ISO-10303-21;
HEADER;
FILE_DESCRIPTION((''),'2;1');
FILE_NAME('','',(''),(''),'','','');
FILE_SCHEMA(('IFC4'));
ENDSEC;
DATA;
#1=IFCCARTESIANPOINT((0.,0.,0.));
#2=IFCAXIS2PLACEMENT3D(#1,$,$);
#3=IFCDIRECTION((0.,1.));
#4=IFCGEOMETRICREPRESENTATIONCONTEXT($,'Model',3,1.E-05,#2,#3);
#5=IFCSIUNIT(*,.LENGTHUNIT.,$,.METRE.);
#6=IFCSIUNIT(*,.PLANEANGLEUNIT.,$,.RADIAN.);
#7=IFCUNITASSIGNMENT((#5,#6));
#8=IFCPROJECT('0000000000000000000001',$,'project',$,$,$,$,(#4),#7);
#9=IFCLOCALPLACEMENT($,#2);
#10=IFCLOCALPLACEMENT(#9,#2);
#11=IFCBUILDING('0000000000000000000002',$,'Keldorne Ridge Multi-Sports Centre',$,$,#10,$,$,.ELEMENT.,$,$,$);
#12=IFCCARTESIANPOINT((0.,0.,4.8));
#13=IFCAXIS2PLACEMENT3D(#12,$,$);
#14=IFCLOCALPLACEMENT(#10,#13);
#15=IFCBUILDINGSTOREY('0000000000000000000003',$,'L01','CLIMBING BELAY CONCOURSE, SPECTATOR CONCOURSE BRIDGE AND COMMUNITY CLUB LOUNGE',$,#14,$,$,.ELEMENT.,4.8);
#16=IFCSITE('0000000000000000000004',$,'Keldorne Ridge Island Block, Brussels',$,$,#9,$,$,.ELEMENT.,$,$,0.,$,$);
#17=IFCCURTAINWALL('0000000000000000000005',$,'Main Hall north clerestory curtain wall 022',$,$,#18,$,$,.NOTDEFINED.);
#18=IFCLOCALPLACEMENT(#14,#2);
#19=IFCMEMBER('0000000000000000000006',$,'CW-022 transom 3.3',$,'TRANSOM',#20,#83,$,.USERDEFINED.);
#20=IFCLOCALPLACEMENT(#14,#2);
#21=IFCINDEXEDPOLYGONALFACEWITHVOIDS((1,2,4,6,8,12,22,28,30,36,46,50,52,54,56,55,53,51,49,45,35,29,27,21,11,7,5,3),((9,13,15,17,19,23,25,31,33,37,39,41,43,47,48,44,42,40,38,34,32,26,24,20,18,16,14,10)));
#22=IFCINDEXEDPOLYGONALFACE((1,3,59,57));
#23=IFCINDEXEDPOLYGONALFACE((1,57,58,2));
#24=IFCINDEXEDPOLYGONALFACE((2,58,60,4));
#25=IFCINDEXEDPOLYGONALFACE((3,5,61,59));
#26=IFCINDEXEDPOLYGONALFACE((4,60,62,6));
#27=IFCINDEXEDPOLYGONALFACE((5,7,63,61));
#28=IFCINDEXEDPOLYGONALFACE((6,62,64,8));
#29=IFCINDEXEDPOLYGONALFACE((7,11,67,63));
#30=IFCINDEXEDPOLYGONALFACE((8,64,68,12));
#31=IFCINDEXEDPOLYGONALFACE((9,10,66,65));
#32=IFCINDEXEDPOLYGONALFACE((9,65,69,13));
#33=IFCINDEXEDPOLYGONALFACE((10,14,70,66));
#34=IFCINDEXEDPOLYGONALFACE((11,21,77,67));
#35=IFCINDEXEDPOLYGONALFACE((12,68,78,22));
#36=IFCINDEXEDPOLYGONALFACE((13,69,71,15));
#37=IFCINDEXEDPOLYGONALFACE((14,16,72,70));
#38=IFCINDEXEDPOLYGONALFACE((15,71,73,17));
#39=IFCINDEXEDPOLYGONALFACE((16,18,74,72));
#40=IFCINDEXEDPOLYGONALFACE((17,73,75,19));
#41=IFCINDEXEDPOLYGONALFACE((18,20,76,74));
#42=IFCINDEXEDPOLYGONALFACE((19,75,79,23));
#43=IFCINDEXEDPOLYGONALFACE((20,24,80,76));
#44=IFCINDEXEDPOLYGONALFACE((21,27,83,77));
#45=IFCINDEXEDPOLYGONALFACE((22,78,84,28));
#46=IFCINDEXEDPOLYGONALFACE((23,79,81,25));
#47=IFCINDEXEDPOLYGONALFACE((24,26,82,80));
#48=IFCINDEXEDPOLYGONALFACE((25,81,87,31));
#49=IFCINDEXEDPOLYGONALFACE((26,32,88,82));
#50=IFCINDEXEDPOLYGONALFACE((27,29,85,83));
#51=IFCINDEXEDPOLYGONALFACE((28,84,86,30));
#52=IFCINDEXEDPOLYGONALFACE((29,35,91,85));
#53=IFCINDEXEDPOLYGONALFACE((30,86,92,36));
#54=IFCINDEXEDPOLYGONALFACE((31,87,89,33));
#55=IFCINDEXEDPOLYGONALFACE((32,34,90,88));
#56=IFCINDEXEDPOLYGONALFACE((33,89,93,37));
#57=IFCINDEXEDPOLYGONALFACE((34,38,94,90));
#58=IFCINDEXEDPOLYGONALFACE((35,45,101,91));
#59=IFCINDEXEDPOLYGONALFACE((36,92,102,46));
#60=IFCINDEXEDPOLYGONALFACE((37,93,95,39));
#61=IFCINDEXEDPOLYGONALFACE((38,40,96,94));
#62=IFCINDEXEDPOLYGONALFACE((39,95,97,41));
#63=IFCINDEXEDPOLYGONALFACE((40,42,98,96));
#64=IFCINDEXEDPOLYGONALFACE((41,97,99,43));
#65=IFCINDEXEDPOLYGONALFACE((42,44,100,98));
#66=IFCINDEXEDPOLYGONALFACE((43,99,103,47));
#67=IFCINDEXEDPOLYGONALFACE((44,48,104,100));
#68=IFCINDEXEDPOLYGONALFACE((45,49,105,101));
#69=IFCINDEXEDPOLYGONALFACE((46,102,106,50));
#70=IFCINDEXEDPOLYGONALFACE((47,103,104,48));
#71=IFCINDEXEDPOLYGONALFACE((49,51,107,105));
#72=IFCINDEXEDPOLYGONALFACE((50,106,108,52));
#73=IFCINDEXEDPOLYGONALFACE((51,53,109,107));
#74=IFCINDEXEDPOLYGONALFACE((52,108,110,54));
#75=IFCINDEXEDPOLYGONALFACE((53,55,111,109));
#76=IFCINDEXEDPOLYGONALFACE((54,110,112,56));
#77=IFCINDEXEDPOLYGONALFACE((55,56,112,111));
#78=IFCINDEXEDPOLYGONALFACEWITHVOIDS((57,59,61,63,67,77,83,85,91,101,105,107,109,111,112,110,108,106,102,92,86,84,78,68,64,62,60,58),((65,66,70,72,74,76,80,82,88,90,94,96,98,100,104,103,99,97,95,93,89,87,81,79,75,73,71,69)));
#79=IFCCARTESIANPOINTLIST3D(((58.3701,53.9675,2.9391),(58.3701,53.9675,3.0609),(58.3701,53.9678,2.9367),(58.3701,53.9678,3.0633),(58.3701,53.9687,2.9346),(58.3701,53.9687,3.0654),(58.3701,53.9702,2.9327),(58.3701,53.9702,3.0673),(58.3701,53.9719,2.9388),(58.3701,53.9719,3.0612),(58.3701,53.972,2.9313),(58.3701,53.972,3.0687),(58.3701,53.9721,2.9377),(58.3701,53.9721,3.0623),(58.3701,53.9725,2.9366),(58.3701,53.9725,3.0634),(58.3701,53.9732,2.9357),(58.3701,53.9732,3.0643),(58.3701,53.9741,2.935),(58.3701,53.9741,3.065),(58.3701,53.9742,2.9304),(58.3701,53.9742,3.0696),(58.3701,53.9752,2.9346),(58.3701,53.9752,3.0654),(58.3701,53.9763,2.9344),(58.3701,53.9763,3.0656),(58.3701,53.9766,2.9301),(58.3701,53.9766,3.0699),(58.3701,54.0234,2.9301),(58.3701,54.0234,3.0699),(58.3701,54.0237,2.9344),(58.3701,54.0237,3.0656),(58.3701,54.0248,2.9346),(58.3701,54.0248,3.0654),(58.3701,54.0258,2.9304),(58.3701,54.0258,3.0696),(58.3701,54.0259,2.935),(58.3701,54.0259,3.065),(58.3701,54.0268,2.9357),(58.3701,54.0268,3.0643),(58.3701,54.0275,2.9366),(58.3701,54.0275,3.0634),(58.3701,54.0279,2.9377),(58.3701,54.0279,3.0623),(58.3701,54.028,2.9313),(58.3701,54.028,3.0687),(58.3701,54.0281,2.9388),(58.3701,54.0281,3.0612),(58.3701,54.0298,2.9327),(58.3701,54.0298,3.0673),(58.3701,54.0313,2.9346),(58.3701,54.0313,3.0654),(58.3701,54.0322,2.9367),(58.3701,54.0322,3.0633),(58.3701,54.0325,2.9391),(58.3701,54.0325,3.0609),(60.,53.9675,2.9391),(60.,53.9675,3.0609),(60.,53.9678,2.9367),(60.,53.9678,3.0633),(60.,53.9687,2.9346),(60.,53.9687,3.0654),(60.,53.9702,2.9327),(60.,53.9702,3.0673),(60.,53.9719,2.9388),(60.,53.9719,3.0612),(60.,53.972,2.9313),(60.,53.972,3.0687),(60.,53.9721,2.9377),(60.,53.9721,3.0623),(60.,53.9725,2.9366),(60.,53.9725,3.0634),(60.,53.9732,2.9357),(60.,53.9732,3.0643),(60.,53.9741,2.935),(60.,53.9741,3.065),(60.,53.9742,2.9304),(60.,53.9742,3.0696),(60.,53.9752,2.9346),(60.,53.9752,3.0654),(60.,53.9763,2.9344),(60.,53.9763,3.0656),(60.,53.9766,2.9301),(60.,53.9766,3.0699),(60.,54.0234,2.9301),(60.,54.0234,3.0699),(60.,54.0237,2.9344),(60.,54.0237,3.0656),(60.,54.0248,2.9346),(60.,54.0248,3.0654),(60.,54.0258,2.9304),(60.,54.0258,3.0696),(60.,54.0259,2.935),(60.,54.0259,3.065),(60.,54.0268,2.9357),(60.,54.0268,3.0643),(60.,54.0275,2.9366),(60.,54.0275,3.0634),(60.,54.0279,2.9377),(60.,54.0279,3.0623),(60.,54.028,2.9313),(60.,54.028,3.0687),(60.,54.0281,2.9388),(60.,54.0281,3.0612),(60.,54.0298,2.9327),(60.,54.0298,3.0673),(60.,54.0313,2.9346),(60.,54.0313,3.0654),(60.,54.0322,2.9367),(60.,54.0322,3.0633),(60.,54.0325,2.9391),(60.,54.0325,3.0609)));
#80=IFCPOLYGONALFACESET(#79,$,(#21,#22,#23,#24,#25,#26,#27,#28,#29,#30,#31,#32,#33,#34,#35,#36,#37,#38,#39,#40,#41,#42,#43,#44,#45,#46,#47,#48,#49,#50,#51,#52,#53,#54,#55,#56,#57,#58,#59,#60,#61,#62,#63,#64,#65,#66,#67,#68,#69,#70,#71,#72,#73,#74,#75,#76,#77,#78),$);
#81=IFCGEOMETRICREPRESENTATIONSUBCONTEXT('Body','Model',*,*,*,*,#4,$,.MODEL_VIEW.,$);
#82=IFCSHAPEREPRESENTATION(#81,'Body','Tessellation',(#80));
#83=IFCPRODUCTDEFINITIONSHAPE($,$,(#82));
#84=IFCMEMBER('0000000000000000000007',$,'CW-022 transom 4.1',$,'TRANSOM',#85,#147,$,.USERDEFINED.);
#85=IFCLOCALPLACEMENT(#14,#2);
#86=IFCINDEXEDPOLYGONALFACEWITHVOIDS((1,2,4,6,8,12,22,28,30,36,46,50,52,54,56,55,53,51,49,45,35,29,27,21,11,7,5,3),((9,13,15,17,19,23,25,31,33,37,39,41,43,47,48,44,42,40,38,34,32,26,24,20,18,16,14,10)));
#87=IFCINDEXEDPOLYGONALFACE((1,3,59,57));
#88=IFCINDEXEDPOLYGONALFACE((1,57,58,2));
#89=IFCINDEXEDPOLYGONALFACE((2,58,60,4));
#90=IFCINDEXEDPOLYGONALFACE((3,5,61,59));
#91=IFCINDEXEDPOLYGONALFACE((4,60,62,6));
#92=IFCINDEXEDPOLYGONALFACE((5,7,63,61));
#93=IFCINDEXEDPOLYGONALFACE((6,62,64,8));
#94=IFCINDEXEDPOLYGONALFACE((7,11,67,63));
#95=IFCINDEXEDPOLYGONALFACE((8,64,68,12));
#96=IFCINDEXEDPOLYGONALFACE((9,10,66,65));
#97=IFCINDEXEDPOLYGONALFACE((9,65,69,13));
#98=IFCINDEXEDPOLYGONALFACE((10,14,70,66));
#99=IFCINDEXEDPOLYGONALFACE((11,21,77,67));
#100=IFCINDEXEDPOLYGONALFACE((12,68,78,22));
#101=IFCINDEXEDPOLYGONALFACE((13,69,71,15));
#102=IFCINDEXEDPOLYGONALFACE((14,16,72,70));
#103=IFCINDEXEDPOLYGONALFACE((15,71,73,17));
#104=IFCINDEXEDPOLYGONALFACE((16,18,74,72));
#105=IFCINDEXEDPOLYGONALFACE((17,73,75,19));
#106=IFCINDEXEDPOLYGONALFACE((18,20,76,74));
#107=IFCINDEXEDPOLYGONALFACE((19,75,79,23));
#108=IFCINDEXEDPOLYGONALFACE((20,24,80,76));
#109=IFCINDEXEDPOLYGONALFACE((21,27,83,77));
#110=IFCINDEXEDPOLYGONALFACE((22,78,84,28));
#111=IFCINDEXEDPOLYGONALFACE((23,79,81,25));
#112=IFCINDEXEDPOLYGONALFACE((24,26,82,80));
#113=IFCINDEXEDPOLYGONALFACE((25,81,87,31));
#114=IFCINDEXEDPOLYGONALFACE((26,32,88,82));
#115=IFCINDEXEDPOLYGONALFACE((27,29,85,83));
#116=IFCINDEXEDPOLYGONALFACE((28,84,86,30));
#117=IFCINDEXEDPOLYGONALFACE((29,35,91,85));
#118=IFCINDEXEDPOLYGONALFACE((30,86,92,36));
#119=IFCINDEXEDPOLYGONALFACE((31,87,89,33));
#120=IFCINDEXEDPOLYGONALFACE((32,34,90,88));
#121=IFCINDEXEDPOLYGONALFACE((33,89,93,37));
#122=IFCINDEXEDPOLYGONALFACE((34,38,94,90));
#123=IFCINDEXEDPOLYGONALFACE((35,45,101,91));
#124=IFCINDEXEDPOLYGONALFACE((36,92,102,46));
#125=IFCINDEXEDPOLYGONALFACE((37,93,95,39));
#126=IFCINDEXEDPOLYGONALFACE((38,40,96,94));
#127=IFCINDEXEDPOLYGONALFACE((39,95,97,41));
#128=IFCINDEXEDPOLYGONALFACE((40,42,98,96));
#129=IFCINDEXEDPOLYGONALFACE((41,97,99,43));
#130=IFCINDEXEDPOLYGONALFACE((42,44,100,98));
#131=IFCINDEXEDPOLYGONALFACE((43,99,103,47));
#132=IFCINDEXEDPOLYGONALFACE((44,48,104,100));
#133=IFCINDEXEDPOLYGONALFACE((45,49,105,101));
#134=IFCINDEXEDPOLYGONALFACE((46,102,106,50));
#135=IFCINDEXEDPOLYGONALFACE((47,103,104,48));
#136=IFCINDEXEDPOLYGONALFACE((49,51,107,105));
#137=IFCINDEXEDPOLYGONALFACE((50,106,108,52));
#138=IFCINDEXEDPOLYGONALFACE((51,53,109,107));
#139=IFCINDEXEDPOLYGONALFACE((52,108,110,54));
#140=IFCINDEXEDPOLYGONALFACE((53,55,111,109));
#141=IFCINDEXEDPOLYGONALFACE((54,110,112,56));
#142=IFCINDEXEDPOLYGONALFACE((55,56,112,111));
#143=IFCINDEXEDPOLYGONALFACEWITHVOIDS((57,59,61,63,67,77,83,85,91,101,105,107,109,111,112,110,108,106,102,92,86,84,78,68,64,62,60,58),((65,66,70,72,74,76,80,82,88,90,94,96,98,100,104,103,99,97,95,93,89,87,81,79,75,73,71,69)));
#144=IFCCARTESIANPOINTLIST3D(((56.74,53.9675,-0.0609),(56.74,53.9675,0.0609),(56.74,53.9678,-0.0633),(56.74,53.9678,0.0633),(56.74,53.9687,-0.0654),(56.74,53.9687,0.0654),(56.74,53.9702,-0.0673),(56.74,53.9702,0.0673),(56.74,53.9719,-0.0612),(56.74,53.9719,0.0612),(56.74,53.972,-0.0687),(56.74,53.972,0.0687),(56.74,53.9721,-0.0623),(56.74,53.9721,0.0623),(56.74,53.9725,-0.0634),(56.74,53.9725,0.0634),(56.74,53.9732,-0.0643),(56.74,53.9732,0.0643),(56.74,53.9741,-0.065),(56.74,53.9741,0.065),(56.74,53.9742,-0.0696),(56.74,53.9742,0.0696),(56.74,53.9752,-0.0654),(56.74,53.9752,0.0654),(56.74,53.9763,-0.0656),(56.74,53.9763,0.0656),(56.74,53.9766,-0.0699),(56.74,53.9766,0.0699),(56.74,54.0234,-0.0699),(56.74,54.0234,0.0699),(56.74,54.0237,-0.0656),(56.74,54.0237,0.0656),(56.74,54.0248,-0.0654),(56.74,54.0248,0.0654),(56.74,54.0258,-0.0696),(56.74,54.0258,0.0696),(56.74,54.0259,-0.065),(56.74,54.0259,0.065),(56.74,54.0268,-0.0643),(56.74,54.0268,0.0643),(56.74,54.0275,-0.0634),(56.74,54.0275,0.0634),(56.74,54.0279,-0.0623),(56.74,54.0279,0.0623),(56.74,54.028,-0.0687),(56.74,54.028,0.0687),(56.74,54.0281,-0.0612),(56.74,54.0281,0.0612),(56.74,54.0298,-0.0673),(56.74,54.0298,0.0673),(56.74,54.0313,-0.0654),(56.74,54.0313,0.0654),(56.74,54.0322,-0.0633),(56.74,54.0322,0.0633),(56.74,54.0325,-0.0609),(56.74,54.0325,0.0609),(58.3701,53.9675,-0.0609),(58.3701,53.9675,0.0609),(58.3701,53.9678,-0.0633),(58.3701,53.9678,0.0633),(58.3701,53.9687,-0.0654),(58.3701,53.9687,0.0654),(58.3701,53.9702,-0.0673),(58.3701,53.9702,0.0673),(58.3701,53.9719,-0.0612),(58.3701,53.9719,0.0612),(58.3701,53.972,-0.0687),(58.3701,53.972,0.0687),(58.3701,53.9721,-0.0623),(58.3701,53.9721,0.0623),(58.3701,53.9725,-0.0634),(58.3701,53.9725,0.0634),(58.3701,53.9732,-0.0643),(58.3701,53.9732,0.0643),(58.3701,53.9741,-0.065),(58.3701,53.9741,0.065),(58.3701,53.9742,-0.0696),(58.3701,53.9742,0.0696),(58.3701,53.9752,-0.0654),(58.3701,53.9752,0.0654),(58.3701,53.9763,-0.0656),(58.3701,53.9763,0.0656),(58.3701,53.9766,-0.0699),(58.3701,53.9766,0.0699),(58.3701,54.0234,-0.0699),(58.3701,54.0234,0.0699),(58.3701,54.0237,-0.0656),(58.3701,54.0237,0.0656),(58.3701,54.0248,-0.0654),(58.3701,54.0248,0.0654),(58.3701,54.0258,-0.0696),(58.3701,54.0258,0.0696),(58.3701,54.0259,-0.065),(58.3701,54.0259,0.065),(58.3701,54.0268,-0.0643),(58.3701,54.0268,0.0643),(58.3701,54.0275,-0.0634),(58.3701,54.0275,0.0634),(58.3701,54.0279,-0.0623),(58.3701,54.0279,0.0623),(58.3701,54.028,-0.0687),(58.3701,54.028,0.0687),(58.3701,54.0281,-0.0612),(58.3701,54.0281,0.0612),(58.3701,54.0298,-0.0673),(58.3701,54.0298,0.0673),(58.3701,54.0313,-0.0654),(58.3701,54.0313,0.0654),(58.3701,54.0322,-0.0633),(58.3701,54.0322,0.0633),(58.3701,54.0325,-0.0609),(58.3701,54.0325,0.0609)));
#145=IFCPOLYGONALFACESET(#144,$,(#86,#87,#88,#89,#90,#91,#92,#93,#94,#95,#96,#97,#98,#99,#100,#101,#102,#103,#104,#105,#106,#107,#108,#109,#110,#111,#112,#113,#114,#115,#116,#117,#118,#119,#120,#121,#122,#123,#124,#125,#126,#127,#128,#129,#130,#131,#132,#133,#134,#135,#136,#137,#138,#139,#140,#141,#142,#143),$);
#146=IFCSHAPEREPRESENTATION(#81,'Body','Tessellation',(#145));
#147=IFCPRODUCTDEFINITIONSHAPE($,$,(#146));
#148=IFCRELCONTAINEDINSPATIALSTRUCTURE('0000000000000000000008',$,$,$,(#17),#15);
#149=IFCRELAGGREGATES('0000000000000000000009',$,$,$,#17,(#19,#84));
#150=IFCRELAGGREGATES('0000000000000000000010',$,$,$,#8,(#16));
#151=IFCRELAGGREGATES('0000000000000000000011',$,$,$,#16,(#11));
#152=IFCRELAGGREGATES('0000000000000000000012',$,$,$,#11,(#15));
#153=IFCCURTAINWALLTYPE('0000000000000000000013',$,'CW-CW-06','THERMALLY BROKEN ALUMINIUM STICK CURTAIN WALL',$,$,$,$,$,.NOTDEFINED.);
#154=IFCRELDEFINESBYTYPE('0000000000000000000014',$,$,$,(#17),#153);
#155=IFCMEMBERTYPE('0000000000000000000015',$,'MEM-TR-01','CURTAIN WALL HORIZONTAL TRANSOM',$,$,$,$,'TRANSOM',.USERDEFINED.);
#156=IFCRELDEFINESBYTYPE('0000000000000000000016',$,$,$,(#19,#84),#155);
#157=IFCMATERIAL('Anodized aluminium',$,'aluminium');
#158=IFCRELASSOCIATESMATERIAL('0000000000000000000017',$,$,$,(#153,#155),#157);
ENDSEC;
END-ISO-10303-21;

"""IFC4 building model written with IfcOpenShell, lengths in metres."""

from ifc_helpers import new_model, si_unit, direction, frame, origin, origin_2d, place, context, subcontext, project, spatial, hollow_rectangle, extrude, material, material_profile, profile_set, type_object, element, aggregate, save


model = new_model("IFC4")

# Units and contexts
model_context = context("Model", 3, precision=1e-05, world=origin(), true_north=direction((0.0, 1.0)))
body_context = subcontext(model_context, "Body", "Model", "MODEL_VIEW")
ifc_project = project(units=[si_unit("LENGTHUNIT", "METRE"), si_unit("PLANEANGLEUNIT", "RADIAN")], contexts=[model_context])

# Site, building, storey
site_placement = place(None, origin())
site = spatial("IfcSite", under=ifc_project, at=site_placement, Name="Keldorne Ridge Island Block, Brussels", CompositionType="ELEMENT", RefElevation=0.0)
building_placement = place(site_placement, origin())
building = spatial("IfcBuilding", under=site, at=building_placement, Name="Keldorne Ridge Multi-Sports Centre", CompositionType="ELEMENT")
storey_placement = place(building_placement, frame((0.0, 0.0, 4.8)))
storey = spatial("IfcBuildingStorey", under=building, at=storey_placement, Name="L01", Description="CLIMBING BELAY CONCOURSE, SPECTATOR CONCOURSE BRIDGE AND COMMUNITY CLUB LOUNGE", CompositionType="ELEMENT", Elevation=4.8)

# Curtain wall
ifc_material_1 = material(Name="Anodized aluminium", Category="aluminium")
curtain_wall_type_1 = type_object("IfcCurtainWallType", Name="CW-CW-06", Description="THERMALLY BROKEN ALUMINIUM STICK CURTAIN WALL", PredefinedType="NOTDEFINED", material=ifc_material_1)
curtain_wall_1_placement = place(storey_placement, origin())
curtain_wall_1 = element("IfcCurtainWall", 1, at=curtain_wall_1_placement, inside=storey, type_object=curtain_wall_type_1, Name="Main Hall north clerestory curtain wall 022", PredefinedType="NOTDEFINED")

# Members
ifc_material_profile_1 = material_profile(ifc_material_1, hollow_rectangle(XDim=0.0649, YDim=0.1399, WallThickness=0.0044, InnerFilletRadius=0.0044, OuterFilletRadius=0.009, at=origin_2d()), Name="ALU TRANSOM 140x65x4.5")
ifc_profile_set_1 = profile_set([ifc_material_profile_1], Name="Anodized aluminium")
member_type_1 = type_object("IfcMemberType", Name="MEM-TR-01", Description="CURTAIN WALL HORIZONTAL TRANSOM", ElementType="TRANSOM", PredefinedType="USERDEFINED", material=ifc_profile_set_1)
member_1_placement = place(storey_placement, frame((60.0, 54.0, 3.0), z_axis=(-1.0, 0.0, 0.0), x_axis=(0.0, -1.0, 0.0)))
member_1 = element("IfcMember", 2, at=member_1_placement, type_object=member_type_1, Name="CW-022 transom 3.3", ObjectType="TRANSOM", PredefinedType="USERDEFINED", context=body_context, shape_type="SweptSolid", body=[
    extrude(hollow_rectangle(XDim=0.0649, YDim=0.1399, WallThickness=0.0044, InnerFilletRadius=0.0044, OuterFilletRadius=0.009, at=origin_2d()), origin(), (0.0, 0.0, 1.0), 1.6299),
])
member_2_placement = place(storey_placement, frame((58.3701, 54.0, 0.0), z_axis=(-1.0, 0.0, 0.0), x_axis=(0.0, -1.0, 0.0)))
member_2 = element("IfcMember", 3, at=member_2_placement, type_object=member_type_1, Name="CW-022 transom 4.1", ObjectType="TRANSOM", PredefinedType="USERDEFINED", context=body_context, shape_type="SweptSolid", body=[
    extrude(hollow_rectangle(XDim=0.0649, YDim=0.1399, WallThickness=0.0044, InnerFilletRadius=0.0044, OuterFilletRadius=0.009, at=origin_2d()), origin(), (0.0, 0.0, 1.0), 1.6301),
])

aggregate(curtain_wall_1, [member_1, member_2])

save(model, "model.ifc")
